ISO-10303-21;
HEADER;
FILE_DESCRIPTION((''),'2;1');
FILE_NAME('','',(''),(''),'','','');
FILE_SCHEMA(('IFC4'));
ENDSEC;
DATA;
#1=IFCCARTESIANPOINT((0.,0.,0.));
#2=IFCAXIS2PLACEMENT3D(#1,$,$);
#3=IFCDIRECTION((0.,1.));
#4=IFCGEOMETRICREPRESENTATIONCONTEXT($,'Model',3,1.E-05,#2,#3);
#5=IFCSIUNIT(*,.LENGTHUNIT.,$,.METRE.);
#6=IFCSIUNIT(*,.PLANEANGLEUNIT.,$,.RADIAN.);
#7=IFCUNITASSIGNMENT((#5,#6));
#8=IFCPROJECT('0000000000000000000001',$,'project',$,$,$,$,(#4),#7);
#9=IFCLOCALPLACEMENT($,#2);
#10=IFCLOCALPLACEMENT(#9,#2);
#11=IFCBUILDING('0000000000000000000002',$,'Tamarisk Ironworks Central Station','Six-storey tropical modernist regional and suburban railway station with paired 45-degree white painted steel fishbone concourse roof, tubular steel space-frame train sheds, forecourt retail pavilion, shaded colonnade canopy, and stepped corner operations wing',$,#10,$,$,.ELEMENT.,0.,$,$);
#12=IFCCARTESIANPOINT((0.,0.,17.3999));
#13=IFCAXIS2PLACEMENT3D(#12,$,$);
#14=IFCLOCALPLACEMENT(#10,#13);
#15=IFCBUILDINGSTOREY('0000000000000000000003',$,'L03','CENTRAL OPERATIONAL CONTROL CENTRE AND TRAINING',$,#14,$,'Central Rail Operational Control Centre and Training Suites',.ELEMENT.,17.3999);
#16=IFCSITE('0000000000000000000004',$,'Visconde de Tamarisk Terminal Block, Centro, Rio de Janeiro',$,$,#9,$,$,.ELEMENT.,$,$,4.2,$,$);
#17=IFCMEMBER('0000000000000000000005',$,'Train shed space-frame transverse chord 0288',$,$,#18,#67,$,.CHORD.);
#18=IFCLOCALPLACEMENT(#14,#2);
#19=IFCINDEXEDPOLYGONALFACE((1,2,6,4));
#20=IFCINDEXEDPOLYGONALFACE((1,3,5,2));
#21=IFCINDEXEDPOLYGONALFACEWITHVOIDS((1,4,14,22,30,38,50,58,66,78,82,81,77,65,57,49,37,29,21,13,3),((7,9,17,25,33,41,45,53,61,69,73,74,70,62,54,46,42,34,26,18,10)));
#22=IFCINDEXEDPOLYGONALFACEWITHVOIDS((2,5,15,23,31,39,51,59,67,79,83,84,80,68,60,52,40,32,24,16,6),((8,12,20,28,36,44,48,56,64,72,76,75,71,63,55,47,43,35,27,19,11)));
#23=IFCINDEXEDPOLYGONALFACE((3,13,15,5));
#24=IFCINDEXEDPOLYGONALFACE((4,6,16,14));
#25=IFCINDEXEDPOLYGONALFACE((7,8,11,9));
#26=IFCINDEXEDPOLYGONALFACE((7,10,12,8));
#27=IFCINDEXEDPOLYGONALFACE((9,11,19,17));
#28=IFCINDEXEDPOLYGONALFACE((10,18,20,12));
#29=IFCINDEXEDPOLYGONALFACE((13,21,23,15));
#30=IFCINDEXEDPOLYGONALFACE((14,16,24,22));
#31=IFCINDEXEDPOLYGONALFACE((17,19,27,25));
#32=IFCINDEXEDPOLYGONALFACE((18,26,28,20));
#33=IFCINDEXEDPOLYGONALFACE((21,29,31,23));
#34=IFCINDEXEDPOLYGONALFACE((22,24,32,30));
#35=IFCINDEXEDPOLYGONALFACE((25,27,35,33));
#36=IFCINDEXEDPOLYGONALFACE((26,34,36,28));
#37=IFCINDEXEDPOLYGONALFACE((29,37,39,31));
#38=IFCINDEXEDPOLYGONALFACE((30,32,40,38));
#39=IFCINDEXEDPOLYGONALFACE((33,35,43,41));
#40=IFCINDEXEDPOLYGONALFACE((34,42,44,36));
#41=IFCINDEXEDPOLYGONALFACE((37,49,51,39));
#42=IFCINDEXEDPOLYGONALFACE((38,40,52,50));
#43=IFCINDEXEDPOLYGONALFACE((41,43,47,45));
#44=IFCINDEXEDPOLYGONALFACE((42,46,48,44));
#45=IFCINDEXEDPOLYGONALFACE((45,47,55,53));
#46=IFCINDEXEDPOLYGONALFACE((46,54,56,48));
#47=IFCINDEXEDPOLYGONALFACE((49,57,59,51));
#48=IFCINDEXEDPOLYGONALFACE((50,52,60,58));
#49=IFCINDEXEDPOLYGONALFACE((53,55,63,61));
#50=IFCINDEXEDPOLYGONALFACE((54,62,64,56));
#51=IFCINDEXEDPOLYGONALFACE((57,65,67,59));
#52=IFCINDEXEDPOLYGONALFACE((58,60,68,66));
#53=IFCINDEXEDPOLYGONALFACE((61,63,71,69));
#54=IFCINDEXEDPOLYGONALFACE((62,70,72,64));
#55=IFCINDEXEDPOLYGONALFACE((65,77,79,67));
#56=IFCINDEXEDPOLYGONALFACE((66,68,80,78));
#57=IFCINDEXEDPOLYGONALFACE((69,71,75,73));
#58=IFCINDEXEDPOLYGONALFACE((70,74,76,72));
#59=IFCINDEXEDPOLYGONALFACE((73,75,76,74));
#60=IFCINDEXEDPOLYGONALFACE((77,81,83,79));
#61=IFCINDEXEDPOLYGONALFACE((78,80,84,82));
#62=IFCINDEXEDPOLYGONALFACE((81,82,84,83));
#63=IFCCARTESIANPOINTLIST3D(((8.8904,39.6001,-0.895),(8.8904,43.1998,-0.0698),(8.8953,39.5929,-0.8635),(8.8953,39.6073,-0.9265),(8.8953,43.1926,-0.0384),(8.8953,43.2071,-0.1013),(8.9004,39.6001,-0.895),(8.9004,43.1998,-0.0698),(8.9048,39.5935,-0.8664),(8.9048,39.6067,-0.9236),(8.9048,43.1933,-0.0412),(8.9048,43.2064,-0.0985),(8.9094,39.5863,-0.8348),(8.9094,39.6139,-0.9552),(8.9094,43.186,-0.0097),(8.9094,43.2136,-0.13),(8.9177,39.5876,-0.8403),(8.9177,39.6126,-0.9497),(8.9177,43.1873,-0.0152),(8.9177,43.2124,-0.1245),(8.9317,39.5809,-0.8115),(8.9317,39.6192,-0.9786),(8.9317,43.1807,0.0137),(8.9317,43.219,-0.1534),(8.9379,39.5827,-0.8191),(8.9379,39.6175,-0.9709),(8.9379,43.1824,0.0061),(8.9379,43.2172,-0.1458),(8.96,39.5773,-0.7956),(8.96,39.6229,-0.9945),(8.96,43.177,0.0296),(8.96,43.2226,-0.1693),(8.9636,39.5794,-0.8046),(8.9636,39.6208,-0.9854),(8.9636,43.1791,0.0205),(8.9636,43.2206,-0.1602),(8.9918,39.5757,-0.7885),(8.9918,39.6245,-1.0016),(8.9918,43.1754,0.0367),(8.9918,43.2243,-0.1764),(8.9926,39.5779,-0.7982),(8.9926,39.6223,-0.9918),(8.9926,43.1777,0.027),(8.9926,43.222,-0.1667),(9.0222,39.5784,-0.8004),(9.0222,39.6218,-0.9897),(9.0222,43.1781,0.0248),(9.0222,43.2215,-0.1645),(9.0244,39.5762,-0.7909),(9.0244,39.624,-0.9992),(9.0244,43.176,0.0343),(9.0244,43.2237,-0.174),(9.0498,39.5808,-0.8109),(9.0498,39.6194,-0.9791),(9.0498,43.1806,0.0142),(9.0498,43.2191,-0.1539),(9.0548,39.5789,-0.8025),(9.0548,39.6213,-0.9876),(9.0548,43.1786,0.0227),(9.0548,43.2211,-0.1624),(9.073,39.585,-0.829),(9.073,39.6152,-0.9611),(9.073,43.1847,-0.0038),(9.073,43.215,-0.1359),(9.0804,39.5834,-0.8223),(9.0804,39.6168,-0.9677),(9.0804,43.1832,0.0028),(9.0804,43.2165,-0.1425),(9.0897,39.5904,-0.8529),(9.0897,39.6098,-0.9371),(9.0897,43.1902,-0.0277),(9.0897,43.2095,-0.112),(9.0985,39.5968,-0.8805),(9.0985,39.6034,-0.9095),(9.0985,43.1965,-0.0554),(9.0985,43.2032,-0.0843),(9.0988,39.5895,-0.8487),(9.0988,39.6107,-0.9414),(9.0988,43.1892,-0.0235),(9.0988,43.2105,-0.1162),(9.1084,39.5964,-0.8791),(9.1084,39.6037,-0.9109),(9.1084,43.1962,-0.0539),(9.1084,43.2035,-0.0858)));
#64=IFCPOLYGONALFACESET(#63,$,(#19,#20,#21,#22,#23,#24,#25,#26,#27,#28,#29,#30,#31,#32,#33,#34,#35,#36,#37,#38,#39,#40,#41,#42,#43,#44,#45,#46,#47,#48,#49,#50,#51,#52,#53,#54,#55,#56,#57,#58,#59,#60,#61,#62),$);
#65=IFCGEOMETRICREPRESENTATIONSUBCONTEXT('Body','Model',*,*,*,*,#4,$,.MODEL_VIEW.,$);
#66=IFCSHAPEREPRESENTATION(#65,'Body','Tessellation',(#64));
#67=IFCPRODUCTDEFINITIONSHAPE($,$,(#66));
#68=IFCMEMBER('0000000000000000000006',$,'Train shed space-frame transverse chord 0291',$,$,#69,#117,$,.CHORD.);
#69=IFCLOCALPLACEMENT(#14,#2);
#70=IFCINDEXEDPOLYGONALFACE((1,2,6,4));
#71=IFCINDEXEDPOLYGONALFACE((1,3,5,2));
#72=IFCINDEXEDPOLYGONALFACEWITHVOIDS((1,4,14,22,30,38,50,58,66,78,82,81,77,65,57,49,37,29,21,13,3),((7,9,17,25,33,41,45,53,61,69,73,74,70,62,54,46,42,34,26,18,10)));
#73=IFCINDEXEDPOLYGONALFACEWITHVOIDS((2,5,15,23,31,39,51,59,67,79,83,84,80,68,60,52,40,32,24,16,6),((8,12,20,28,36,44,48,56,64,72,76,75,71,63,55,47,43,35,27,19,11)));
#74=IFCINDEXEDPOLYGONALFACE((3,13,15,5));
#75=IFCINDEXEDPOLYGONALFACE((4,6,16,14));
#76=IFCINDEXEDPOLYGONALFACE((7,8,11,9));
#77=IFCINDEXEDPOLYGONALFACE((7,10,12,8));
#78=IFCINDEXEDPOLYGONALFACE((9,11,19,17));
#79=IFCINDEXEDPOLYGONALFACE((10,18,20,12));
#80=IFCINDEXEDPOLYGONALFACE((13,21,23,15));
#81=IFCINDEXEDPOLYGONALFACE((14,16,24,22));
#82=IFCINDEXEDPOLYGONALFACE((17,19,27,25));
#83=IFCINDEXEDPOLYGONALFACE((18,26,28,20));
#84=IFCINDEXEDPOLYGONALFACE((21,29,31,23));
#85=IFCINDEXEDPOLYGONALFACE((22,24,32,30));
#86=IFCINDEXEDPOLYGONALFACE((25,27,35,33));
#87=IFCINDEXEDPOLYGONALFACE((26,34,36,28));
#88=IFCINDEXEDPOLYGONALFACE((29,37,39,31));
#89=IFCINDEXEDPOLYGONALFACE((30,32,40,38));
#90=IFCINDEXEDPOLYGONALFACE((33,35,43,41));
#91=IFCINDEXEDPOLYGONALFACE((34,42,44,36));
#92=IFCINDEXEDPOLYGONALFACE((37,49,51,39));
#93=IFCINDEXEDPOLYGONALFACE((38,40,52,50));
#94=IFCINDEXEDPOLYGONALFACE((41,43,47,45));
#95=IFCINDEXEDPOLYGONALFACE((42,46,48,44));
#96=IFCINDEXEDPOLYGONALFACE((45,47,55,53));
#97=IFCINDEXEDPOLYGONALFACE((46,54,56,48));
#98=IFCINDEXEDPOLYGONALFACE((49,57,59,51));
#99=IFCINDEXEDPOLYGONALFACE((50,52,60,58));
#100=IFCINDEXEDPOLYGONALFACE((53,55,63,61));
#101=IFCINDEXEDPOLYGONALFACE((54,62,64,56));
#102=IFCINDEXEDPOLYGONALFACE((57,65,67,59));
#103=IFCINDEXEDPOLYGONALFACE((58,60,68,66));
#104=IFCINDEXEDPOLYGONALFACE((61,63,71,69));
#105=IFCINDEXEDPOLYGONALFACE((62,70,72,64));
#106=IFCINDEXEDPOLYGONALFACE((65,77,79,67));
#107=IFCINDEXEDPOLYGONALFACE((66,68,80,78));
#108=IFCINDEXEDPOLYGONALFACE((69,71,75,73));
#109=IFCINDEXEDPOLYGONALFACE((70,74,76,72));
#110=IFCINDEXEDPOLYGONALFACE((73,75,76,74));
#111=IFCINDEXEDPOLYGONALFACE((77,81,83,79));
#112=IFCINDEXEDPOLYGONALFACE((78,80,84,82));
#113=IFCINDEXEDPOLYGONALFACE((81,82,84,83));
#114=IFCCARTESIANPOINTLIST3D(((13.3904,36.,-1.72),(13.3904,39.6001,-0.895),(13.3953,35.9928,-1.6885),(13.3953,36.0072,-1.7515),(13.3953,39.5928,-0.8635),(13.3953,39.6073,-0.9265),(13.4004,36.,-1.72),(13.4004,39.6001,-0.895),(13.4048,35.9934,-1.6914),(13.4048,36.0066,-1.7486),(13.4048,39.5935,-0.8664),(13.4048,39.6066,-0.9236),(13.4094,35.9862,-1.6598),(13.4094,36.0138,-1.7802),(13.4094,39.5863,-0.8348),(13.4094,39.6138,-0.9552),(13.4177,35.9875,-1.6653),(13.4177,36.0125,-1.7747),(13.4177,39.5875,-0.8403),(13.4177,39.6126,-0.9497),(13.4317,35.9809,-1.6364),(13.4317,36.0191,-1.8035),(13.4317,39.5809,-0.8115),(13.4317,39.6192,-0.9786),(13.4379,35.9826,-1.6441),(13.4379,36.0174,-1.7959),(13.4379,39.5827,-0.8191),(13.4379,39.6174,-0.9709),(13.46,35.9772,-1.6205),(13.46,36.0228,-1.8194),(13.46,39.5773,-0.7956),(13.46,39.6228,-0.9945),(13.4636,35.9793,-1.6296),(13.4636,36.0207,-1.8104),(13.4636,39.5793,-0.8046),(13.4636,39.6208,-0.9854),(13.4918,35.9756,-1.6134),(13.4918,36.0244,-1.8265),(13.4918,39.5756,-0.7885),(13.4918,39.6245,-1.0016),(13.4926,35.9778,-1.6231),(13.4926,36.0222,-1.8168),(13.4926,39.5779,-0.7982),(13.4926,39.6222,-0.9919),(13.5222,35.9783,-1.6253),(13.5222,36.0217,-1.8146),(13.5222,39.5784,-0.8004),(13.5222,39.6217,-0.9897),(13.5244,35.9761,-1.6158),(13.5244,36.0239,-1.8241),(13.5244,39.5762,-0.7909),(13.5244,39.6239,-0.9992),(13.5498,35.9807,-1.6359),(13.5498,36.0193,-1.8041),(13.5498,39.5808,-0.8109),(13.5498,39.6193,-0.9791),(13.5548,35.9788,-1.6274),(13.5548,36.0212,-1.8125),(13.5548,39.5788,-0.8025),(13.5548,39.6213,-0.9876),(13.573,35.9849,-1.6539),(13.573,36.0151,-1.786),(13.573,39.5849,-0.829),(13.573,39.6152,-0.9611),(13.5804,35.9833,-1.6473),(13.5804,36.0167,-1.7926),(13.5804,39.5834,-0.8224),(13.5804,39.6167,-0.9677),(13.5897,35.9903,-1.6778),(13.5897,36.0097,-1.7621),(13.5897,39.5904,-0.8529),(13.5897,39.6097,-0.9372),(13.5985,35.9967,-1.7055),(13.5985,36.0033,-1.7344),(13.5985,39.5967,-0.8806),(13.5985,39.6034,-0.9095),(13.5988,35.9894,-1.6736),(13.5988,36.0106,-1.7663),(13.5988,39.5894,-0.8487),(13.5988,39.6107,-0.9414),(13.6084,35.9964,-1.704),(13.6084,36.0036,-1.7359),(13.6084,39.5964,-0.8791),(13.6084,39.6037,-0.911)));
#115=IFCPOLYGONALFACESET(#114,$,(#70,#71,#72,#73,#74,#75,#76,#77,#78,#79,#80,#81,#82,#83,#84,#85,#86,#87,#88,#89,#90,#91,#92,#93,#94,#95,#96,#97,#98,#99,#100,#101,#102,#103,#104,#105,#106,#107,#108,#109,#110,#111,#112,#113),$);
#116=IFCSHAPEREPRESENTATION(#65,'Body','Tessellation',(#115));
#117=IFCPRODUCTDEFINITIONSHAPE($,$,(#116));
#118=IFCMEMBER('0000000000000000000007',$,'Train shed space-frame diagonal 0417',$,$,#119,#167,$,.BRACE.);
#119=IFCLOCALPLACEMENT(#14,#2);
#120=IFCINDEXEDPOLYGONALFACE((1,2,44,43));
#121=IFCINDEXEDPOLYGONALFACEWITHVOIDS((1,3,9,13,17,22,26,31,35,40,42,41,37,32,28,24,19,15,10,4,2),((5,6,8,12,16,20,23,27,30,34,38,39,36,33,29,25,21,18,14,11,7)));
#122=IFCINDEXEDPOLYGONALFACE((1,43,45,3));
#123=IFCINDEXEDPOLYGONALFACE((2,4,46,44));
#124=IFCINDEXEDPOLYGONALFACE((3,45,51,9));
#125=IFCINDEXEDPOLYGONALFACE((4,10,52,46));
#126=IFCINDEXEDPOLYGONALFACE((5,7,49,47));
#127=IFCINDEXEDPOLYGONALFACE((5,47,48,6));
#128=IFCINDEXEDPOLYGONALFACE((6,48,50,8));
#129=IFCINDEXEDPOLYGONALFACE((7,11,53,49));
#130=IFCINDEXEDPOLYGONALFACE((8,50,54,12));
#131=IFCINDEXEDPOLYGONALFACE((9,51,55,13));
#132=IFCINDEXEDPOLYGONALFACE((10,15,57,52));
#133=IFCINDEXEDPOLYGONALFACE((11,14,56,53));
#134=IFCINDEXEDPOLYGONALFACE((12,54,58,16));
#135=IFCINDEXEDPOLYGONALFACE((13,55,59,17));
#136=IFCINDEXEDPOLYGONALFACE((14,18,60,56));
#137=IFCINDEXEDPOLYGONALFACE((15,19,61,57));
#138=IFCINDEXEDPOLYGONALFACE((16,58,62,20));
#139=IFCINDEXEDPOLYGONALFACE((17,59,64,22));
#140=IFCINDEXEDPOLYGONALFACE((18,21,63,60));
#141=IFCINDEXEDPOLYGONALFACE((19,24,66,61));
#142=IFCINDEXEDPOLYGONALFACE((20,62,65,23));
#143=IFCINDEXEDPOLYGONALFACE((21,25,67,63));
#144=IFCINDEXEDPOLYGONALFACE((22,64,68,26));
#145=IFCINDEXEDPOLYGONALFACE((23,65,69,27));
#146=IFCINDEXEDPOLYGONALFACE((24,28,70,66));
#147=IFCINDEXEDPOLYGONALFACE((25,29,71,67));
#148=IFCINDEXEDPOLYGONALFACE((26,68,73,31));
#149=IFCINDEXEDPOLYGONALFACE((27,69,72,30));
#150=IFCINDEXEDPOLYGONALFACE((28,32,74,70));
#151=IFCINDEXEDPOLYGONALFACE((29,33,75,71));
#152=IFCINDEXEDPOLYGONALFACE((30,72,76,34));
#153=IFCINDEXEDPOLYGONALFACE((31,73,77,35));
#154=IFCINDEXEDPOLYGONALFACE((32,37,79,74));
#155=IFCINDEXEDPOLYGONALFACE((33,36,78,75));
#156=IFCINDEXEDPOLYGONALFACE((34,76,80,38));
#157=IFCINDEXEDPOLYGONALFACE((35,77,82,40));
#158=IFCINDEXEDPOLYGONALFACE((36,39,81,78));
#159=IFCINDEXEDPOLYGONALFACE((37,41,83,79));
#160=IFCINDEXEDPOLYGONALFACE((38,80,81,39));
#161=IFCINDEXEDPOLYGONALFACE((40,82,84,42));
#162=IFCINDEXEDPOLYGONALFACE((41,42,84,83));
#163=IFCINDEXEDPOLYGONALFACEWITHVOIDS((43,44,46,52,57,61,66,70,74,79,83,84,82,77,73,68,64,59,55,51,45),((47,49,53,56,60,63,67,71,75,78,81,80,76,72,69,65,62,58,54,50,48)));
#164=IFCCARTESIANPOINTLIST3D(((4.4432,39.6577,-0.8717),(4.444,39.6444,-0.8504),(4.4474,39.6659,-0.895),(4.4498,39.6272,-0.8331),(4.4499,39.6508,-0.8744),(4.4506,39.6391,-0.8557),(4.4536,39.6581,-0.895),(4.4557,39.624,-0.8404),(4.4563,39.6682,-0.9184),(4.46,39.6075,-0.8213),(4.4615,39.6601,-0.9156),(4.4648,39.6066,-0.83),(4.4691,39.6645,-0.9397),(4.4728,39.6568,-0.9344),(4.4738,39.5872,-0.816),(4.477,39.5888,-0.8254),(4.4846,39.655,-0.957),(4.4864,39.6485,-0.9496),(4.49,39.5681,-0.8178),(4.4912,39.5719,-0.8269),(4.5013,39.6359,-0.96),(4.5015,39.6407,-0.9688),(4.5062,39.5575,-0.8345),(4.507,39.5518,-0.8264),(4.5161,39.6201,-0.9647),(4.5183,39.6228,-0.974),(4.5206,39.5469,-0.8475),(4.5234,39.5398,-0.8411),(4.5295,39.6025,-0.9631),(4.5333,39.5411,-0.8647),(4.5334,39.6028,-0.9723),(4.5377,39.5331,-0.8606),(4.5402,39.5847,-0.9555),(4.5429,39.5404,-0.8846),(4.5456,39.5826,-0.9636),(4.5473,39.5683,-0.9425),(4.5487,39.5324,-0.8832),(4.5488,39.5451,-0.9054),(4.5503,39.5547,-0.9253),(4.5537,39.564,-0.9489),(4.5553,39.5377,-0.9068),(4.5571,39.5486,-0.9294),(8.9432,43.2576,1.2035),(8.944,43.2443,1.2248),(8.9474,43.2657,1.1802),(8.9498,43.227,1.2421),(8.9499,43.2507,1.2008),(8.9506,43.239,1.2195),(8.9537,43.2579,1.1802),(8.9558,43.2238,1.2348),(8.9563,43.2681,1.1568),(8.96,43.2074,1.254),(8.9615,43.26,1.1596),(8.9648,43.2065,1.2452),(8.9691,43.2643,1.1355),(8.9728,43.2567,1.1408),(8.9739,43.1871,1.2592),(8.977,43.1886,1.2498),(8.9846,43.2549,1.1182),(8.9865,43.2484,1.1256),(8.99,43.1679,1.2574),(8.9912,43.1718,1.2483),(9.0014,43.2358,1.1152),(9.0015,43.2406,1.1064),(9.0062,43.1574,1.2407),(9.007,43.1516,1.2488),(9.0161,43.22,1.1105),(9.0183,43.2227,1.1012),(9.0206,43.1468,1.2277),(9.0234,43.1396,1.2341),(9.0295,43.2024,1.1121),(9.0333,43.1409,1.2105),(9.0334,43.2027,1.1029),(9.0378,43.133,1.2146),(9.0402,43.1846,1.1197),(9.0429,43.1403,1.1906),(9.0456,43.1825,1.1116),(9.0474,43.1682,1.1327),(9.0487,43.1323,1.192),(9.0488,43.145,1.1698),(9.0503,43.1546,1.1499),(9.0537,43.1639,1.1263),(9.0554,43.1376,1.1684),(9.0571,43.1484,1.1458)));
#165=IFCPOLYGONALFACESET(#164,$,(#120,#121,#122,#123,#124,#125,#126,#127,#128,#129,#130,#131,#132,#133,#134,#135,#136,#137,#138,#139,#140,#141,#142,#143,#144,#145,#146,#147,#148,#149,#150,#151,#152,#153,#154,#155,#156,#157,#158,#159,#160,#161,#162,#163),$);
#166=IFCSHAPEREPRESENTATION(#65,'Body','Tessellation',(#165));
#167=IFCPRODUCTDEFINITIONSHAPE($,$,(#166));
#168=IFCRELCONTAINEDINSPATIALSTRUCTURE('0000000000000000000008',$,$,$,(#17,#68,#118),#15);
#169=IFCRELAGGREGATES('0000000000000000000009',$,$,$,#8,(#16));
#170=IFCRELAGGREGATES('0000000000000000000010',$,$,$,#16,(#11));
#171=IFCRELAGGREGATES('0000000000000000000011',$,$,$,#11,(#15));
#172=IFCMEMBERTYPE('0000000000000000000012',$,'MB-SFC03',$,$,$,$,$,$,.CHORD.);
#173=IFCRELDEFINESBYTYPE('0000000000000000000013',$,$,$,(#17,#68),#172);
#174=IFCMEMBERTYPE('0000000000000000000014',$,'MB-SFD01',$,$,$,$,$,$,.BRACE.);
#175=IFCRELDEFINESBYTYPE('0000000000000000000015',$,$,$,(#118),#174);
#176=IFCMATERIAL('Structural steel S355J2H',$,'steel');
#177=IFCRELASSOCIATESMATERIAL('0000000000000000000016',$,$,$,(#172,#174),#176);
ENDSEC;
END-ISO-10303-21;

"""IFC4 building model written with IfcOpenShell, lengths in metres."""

from ifc_helpers import new_model, si_unit, direction, frame, origin, origin_2d, place, context, subcontext, project, spatial, hollow_circle, extrude, material, material_profile, profile_set, type_object, element, save


model = new_model("IFC4")

# Units and contexts
model_context = context("Model", 3, precision=1e-05, world=origin(), true_north=direction((0.0, 1.0)))
body_context = subcontext(model_context, "Body", "Model", "MODEL_VIEW")
ifc_project = project(units=[si_unit("LENGTHUNIT", "METRE"), si_unit("PLANEANGLEUNIT", "RADIAN")], contexts=[model_context])

# Site, building, storey
site_placement = place(None, origin())
site = spatial("IfcSite", under=ifc_project, at=site_placement, Name="Visconde de Tamarisk Terminal Block, Centro, Rio de Janeiro", CompositionType="ELEMENT", RefElevation=4.2)
building_placement = place(site_placement, origin())
building = spatial("IfcBuilding", under=site, at=building_placement, Name="Tamarisk Ironworks Central Station", Description="Six-storey tropical modernist regional and suburban railway station with paired 45-degree white painted steel fishbone concourse roof, tubular steel space-frame train sheds, forecourt retail pavilion, shaded colonnade canopy, and stepped corner operations wing", CompositionType="ELEMENT", ElevationOfRefHeight=0.0)
storey_placement = place(building_placement, frame((0.0, 0.0, 17.3999)))
storey = spatial("IfcBuildingStorey", under=building, at=storey_placement, Name="L03", Description="CENTRAL OPERATIONAL CONTROL CENTRE AND TRAINING", LongName="Central Rail Operational Control Centre and Training Suites", CompositionType="ELEMENT", Elevation=17.3999)

# Members
ifc_material_1 = material(Name="Structural steel S355J2H", Category="steel")
ifc_material_profile_1 = material_profile(ifc_material_1, hollow_circle(Radius=0.1096, WallThickness=0.01, at=origin_2d()), Name="CHS 219.1x10")
ifc_profile_set_1 = profile_set([ifc_material_profile_1], Name="Structural steel S355J2H")
member_type_1 = type_object("IfcMemberType", Name="MB-SFC03", PredefinedType="CHORD", material=ifc_profile_set_1)
member_1_placement = place(storey_placement, frame((9.0, 39.6001, -0.895), z_axis=(0.0, 0.974719, 0.223435), x_axis=(-1.0, 0.0, 0.0)))
element("IfcMember", 1, at=member_1_placement, inside=storey, type_object=member_type_1, Name="Train shed space-frame transverse chord 0288", PredefinedType="CHORD", context=body_context, shape_type="SweptSolid", body=[
    extrude(hollow_circle(Radius=0.1096, WallThickness=0.01, at=origin_2d()), origin(), (0.0, 0.0, 1.0), 3.6931),
])
member_2_placement = place(storey_placement, frame((13.5, 36.0, -1.72), z_axis=(0.0, 0.974737, 0.223358), x_axis=(-1.0, 0.0, 0.0)))
element("IfcMember", 2, at=member_2_placement, inside=storey, type_object=member_type_1, Name="Train shed space-frame transverse chord 0291", PredefinedType="CHORD", context=body_context, shape_type="SweptSolid", body=[
    extrude(hollow_circle(Radius=0.1096, WallThickness=0.01, at=origin_2d()), origin(), (0.0, 0.0, 1.0), 3.6934),
])
ifc_material_profile_2 = material_profile(ifc_material_1, hollow_circle(Radius=0.0842, WallThickness=0.01, at=origin_2d()), Name="CHS 168.3x10")
ifc_profile_set_2 = profile_set([ifc_material_profile_2], Name="Structural steel S355J2H")
member_type_2 = type_object("IfcMemberType", Name="MB-SFD01", PredefinedType="BRACE", material=ifc_profile_set_2)
for number, where, z_axis, x_axis, name in (
    (3, (4.5, 39.6001, -0.895), (0.734696, 0.587733, 0.338809), (-0.62468, 0.780881, 0.0), "Train shed space-frame diagonal 0417"),
):
    element("IfcMember", number, at=place(storey_placement, frame(where, z_axis=z_axis, x_axis=x_axis)), inside=storey, type_object=member_type_2, Name=name, PredefinedType="BRACE", context=body_context, shape_type="SweptSolid", body=[
        extrude(hollow_circle(Radius=0.0842, WallThickness=0.01, at=origin_2d()), origin(), (0.0, 0.0, 1.0), 6.125),
    ])

save(model, "model.ifc")
